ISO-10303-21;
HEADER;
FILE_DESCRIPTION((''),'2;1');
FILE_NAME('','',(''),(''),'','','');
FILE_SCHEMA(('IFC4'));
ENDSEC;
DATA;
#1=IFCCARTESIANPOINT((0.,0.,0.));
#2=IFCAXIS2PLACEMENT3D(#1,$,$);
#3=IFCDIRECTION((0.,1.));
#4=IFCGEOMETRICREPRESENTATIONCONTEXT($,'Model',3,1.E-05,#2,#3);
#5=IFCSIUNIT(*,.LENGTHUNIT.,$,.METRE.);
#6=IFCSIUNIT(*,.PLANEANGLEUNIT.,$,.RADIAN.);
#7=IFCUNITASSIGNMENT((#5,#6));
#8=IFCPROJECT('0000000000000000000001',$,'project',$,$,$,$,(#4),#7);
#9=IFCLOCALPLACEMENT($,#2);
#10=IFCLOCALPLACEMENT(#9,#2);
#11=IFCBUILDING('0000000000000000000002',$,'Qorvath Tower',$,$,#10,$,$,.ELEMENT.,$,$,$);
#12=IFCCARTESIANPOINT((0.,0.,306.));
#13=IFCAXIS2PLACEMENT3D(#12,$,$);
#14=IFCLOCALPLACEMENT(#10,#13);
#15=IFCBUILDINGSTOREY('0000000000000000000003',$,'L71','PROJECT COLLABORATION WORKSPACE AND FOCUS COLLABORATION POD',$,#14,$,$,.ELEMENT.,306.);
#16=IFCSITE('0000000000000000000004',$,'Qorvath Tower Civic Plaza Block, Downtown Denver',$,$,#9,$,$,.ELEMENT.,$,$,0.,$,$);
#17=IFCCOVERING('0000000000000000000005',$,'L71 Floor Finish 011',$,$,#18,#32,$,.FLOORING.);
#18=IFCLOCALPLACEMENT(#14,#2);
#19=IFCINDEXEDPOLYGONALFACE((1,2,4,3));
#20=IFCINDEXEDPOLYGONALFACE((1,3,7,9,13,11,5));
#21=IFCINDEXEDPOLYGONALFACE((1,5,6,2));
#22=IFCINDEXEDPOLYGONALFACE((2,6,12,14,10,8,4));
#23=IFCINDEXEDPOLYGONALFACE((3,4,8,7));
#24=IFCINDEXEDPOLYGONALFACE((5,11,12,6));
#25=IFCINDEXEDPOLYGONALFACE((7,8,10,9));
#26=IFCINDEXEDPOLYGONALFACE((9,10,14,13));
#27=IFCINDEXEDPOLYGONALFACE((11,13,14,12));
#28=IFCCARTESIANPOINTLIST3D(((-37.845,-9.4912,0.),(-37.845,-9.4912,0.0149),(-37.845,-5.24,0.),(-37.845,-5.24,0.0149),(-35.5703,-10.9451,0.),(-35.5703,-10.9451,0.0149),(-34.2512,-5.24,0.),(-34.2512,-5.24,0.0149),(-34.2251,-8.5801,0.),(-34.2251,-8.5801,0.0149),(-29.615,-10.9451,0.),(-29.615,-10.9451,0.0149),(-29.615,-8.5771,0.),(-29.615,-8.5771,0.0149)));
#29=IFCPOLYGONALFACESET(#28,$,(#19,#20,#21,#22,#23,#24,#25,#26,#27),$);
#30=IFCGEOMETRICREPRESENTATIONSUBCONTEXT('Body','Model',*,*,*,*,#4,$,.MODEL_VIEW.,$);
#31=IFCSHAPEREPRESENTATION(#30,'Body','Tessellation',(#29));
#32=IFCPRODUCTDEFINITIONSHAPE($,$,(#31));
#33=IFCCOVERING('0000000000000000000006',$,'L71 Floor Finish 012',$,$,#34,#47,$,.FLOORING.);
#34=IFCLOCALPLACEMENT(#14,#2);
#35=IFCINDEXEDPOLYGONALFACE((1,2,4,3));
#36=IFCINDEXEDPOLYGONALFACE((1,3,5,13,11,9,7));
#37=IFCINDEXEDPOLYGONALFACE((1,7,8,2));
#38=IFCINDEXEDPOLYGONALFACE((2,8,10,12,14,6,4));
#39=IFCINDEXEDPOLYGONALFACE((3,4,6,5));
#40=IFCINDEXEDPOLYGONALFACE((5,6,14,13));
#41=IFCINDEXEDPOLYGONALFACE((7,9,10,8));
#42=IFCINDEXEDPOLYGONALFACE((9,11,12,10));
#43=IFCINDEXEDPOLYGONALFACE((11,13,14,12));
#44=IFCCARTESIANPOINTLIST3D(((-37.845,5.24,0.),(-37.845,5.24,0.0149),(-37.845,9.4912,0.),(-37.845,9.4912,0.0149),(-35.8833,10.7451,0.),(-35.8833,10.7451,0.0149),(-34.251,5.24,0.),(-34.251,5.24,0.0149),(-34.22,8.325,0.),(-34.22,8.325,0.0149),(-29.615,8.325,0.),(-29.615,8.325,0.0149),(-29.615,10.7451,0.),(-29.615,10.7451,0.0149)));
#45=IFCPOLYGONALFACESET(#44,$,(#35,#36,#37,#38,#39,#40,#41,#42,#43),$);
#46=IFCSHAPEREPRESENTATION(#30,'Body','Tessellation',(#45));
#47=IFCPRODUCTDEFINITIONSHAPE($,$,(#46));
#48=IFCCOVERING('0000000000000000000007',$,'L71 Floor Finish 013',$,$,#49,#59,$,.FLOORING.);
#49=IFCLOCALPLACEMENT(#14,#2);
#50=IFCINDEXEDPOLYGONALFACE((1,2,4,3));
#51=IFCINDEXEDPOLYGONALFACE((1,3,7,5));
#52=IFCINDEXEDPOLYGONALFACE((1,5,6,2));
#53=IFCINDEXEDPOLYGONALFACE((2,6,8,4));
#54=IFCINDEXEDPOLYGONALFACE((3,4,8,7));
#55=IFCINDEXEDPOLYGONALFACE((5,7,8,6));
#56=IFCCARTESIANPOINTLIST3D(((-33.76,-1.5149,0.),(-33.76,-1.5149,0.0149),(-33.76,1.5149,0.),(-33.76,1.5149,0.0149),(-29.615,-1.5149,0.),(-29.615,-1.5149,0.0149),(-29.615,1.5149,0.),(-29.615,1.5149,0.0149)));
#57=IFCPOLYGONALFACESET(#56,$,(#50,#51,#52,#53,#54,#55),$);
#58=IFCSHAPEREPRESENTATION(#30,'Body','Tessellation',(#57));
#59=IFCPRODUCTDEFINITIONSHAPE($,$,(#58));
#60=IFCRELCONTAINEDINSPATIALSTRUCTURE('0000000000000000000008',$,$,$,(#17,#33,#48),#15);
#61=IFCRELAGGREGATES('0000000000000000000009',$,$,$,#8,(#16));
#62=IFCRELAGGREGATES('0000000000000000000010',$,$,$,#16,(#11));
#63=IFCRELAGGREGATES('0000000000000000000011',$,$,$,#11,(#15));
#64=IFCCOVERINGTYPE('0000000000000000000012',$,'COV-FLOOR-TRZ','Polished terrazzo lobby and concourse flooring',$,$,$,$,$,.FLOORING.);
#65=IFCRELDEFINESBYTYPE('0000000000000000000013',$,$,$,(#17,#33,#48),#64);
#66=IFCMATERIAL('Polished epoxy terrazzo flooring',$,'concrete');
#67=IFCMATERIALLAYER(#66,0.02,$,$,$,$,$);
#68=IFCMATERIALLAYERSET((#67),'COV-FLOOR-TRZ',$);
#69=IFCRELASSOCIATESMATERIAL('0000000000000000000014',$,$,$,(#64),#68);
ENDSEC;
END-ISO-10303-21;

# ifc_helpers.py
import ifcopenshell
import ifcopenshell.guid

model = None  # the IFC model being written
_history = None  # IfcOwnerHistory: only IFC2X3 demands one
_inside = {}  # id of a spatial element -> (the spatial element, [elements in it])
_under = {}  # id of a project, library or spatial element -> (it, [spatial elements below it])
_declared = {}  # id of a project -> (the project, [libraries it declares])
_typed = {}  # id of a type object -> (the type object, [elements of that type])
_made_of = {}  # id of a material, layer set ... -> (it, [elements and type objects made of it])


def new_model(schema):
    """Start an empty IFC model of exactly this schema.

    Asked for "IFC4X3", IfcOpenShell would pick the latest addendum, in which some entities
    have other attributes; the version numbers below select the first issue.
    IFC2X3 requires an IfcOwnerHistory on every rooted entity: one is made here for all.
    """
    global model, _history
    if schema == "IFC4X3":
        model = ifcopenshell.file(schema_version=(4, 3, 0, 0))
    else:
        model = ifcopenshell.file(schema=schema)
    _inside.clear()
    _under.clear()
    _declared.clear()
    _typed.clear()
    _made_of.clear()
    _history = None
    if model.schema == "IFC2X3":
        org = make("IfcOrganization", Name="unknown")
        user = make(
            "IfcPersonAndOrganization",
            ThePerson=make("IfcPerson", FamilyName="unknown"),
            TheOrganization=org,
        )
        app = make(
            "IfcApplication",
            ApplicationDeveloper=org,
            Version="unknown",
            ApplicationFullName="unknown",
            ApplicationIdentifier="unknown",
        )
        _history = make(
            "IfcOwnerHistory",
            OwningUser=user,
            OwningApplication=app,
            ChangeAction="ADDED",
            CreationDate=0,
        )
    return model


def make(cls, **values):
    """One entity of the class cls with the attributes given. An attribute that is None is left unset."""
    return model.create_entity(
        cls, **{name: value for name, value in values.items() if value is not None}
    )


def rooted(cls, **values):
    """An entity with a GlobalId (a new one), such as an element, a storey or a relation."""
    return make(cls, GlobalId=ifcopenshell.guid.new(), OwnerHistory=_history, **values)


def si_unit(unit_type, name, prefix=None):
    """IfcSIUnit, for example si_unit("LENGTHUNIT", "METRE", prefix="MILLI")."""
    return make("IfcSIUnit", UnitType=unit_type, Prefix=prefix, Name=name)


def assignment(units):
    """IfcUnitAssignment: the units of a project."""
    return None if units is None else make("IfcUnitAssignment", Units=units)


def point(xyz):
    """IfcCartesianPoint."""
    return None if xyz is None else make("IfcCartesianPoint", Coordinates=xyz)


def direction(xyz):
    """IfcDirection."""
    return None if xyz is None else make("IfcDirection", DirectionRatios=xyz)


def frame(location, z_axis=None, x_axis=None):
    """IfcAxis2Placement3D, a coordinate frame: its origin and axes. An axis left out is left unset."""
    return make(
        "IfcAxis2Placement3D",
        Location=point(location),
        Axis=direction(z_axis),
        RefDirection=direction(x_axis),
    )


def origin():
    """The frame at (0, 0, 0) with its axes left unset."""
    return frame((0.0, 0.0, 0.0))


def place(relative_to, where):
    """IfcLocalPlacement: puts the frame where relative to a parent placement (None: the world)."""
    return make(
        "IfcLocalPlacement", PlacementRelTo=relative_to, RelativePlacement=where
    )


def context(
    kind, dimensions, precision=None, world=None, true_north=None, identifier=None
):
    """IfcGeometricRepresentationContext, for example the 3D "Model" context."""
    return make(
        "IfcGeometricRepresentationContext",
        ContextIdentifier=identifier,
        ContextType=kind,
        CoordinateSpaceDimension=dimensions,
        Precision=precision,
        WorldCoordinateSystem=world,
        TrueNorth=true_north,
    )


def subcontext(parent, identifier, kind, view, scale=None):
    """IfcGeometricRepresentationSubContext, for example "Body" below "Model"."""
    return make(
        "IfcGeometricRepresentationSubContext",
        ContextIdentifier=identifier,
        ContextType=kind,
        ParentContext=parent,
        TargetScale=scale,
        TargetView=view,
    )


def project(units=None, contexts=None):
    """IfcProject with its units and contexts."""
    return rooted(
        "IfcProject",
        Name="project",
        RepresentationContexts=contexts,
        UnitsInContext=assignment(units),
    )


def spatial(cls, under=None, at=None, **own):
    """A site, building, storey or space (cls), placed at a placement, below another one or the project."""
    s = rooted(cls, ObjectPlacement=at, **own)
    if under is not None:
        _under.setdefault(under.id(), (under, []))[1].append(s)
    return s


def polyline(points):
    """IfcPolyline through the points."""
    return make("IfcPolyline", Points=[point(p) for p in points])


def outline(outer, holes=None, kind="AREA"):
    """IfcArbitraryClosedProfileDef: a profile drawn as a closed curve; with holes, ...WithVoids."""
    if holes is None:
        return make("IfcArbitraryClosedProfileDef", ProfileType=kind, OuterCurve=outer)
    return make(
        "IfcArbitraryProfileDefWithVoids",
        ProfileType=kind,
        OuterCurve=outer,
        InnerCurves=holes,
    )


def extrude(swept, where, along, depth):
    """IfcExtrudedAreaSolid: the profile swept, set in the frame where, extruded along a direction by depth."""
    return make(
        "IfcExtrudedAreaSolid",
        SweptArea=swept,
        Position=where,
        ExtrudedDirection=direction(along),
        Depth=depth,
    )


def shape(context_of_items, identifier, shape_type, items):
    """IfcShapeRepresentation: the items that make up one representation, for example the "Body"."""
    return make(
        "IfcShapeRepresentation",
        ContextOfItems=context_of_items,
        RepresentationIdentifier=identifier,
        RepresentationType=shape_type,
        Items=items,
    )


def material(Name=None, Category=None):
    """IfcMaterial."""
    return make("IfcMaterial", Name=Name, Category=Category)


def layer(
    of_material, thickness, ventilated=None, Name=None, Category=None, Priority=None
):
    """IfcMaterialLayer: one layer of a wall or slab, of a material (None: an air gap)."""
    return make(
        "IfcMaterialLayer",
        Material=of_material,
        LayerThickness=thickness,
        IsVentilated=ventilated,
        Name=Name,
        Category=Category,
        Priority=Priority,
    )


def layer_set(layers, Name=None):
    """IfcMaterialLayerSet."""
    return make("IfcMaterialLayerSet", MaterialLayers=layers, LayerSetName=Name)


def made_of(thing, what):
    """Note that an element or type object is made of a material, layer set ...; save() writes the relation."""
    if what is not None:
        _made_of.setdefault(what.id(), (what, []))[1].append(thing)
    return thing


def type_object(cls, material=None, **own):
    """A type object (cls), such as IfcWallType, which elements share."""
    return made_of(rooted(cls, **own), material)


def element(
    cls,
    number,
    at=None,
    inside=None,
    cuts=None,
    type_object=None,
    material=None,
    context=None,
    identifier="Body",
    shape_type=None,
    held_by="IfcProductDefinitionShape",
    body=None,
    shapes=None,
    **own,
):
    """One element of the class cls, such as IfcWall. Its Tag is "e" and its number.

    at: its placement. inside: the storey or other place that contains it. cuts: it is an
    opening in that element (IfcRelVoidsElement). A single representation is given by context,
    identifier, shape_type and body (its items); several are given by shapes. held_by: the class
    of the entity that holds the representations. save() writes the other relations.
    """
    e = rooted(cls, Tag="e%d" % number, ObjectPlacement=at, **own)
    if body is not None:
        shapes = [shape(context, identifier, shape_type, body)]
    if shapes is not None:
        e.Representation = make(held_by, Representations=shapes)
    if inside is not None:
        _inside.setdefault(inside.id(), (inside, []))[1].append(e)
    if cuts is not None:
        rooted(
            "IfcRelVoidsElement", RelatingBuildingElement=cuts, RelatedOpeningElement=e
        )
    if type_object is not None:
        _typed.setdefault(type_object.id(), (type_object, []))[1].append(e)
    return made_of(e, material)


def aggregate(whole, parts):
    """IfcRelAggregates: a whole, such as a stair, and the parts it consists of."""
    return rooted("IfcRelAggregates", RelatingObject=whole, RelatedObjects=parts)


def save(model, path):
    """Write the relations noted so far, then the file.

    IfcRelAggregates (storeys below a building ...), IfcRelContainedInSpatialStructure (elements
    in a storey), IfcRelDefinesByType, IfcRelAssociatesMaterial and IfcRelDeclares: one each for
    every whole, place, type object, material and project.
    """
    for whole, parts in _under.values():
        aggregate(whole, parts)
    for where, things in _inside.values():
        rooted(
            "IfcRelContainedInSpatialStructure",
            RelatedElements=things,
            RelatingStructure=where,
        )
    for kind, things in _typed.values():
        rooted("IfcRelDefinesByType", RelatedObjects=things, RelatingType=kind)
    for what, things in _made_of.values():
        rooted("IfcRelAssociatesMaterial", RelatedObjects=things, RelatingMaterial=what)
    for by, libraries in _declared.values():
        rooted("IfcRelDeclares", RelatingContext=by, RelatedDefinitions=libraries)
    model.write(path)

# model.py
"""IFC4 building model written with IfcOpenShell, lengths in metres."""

from ifc_helpers import new_model, si_unit, direction, frame, origin, place, context, subcontext, project, spatial, polyline, outline, extrude, material, layer, layer_set, type_object, element, save


model = new_model("IFC4")

# Units and contexts
model_context = context("Model", 3, precision=1e-05, world=origin(), true_north=direction((0.0, 1.0)))
body_context = subcontext(model_context, "Body", "Model", "MODEL_VIEW")
ifc_project = project(units=[si_unit("LENGTHUNIT", "METRE"), si_unit("PLANEANGLEUNIT", "RADIAN")], contexts=[model_context])

# Site, building, storey
site_placement = place(None, origin())
site = spatial("IfcSite", under=ifc_project, at=site_placement, Name="Qorvath Tower Civic Plaza Block, Downtown Denver", CompositionType="ELEMENT", RefElevation=0.0)
building_placement = place(site_placement, origin())
building = spatial("IfcBuilding", under=site, at=building_placement, Name="Qorvath Tower", CompositionType="ELEMENT")
storey_placement = place(building_placement, frame((0.0, 0.0, 306.0)))
storey = spatial("IfcBuildingStorey", under=building, at=storey_placement, Name="L71", Description="PROJECT COLLABORATION WORKSPACE AND FOCUS COLLABORATION POD", CompositionType="ELEMENT", Elevation=306.0)

# Coverings
ifc_material_1 = material(Name="Polished epoxy terrazzo flooring", Category="concrete")
ifc_layer_1 = layer(ifc_material_1, 0.02)
ifc_layer_set_1 = layer_set([ifc_layer_1], Name="COV-FLOOR-TRZ")
covering_type_1 = type_object("IfcCoveringType", Name="COV-FLOOR-TRZ", Description="Polished terrazzo lobby and concourse flooring", PredefinedType="FLOORING", material=ifc_layer_set_1)
covering_1_placement = place(storey_placement, origin())
element("IfcCovering", 1, at=covering_1_placement, inside=storey, type_object=covering_type_1, Name="L71 Floor Finish 011", PredefinedType="FLOORING", context=body_context, shape_type="SweptSolid", body=[
    extrude(outline(polyline([(-34.2251, -8.5801), (-34.2512, -5.24), (-37.845, -5.24), (-37.845, -9.4912), (-35.5703, -10.9451), (-29.615, -10.9451), (-29.615, -8.5771), (-34.2251, -8.5801)])), origin(), (0.0, 0.0, 1.0), 0.0149),
])
covering_2_placement = place(storey_placement, origin())
element("IfcCovering", 2, at=covering_2_placement, inside=storey, type_object=covering_type_1, Name="L71 Floor Finish 012", PredefinedType="FLOORING", context=body_context, shape_type="SweptSolid", body=[
    extrude(outline(polyline([(-29.615, 8.325), (-29.615, 10.7451), (-35.8833, 10.7451), (-37.845, 9.4912), (-37.845, 5.24), (-34.251, 5.24), (-34.22, 8.325), (-29.615, 8.325)])), origin(), (0.0, 0.0, 1.0), 0.0149),
])
covering_3_placement = place(storey_placement, origin())
element("IfcCovering", 3, at=covering_3_placement, inside=storey, type_object=covering_type_1, Name="L71 Floor Finish 013", PredefinedType="FLOORING", context=body_context, shape_type="SweptSolid", body=[
    extrude(outline(polyline([(-29.615, -1.5149), (-29.615, 1.5149), (-33.76, 1.5149), (-33.76, -1.5149), (-29.615, -1.5149)])), origin(), (0.0, 0.0, 1.0), 0.0149),
])

save(model, "model.ifc")
